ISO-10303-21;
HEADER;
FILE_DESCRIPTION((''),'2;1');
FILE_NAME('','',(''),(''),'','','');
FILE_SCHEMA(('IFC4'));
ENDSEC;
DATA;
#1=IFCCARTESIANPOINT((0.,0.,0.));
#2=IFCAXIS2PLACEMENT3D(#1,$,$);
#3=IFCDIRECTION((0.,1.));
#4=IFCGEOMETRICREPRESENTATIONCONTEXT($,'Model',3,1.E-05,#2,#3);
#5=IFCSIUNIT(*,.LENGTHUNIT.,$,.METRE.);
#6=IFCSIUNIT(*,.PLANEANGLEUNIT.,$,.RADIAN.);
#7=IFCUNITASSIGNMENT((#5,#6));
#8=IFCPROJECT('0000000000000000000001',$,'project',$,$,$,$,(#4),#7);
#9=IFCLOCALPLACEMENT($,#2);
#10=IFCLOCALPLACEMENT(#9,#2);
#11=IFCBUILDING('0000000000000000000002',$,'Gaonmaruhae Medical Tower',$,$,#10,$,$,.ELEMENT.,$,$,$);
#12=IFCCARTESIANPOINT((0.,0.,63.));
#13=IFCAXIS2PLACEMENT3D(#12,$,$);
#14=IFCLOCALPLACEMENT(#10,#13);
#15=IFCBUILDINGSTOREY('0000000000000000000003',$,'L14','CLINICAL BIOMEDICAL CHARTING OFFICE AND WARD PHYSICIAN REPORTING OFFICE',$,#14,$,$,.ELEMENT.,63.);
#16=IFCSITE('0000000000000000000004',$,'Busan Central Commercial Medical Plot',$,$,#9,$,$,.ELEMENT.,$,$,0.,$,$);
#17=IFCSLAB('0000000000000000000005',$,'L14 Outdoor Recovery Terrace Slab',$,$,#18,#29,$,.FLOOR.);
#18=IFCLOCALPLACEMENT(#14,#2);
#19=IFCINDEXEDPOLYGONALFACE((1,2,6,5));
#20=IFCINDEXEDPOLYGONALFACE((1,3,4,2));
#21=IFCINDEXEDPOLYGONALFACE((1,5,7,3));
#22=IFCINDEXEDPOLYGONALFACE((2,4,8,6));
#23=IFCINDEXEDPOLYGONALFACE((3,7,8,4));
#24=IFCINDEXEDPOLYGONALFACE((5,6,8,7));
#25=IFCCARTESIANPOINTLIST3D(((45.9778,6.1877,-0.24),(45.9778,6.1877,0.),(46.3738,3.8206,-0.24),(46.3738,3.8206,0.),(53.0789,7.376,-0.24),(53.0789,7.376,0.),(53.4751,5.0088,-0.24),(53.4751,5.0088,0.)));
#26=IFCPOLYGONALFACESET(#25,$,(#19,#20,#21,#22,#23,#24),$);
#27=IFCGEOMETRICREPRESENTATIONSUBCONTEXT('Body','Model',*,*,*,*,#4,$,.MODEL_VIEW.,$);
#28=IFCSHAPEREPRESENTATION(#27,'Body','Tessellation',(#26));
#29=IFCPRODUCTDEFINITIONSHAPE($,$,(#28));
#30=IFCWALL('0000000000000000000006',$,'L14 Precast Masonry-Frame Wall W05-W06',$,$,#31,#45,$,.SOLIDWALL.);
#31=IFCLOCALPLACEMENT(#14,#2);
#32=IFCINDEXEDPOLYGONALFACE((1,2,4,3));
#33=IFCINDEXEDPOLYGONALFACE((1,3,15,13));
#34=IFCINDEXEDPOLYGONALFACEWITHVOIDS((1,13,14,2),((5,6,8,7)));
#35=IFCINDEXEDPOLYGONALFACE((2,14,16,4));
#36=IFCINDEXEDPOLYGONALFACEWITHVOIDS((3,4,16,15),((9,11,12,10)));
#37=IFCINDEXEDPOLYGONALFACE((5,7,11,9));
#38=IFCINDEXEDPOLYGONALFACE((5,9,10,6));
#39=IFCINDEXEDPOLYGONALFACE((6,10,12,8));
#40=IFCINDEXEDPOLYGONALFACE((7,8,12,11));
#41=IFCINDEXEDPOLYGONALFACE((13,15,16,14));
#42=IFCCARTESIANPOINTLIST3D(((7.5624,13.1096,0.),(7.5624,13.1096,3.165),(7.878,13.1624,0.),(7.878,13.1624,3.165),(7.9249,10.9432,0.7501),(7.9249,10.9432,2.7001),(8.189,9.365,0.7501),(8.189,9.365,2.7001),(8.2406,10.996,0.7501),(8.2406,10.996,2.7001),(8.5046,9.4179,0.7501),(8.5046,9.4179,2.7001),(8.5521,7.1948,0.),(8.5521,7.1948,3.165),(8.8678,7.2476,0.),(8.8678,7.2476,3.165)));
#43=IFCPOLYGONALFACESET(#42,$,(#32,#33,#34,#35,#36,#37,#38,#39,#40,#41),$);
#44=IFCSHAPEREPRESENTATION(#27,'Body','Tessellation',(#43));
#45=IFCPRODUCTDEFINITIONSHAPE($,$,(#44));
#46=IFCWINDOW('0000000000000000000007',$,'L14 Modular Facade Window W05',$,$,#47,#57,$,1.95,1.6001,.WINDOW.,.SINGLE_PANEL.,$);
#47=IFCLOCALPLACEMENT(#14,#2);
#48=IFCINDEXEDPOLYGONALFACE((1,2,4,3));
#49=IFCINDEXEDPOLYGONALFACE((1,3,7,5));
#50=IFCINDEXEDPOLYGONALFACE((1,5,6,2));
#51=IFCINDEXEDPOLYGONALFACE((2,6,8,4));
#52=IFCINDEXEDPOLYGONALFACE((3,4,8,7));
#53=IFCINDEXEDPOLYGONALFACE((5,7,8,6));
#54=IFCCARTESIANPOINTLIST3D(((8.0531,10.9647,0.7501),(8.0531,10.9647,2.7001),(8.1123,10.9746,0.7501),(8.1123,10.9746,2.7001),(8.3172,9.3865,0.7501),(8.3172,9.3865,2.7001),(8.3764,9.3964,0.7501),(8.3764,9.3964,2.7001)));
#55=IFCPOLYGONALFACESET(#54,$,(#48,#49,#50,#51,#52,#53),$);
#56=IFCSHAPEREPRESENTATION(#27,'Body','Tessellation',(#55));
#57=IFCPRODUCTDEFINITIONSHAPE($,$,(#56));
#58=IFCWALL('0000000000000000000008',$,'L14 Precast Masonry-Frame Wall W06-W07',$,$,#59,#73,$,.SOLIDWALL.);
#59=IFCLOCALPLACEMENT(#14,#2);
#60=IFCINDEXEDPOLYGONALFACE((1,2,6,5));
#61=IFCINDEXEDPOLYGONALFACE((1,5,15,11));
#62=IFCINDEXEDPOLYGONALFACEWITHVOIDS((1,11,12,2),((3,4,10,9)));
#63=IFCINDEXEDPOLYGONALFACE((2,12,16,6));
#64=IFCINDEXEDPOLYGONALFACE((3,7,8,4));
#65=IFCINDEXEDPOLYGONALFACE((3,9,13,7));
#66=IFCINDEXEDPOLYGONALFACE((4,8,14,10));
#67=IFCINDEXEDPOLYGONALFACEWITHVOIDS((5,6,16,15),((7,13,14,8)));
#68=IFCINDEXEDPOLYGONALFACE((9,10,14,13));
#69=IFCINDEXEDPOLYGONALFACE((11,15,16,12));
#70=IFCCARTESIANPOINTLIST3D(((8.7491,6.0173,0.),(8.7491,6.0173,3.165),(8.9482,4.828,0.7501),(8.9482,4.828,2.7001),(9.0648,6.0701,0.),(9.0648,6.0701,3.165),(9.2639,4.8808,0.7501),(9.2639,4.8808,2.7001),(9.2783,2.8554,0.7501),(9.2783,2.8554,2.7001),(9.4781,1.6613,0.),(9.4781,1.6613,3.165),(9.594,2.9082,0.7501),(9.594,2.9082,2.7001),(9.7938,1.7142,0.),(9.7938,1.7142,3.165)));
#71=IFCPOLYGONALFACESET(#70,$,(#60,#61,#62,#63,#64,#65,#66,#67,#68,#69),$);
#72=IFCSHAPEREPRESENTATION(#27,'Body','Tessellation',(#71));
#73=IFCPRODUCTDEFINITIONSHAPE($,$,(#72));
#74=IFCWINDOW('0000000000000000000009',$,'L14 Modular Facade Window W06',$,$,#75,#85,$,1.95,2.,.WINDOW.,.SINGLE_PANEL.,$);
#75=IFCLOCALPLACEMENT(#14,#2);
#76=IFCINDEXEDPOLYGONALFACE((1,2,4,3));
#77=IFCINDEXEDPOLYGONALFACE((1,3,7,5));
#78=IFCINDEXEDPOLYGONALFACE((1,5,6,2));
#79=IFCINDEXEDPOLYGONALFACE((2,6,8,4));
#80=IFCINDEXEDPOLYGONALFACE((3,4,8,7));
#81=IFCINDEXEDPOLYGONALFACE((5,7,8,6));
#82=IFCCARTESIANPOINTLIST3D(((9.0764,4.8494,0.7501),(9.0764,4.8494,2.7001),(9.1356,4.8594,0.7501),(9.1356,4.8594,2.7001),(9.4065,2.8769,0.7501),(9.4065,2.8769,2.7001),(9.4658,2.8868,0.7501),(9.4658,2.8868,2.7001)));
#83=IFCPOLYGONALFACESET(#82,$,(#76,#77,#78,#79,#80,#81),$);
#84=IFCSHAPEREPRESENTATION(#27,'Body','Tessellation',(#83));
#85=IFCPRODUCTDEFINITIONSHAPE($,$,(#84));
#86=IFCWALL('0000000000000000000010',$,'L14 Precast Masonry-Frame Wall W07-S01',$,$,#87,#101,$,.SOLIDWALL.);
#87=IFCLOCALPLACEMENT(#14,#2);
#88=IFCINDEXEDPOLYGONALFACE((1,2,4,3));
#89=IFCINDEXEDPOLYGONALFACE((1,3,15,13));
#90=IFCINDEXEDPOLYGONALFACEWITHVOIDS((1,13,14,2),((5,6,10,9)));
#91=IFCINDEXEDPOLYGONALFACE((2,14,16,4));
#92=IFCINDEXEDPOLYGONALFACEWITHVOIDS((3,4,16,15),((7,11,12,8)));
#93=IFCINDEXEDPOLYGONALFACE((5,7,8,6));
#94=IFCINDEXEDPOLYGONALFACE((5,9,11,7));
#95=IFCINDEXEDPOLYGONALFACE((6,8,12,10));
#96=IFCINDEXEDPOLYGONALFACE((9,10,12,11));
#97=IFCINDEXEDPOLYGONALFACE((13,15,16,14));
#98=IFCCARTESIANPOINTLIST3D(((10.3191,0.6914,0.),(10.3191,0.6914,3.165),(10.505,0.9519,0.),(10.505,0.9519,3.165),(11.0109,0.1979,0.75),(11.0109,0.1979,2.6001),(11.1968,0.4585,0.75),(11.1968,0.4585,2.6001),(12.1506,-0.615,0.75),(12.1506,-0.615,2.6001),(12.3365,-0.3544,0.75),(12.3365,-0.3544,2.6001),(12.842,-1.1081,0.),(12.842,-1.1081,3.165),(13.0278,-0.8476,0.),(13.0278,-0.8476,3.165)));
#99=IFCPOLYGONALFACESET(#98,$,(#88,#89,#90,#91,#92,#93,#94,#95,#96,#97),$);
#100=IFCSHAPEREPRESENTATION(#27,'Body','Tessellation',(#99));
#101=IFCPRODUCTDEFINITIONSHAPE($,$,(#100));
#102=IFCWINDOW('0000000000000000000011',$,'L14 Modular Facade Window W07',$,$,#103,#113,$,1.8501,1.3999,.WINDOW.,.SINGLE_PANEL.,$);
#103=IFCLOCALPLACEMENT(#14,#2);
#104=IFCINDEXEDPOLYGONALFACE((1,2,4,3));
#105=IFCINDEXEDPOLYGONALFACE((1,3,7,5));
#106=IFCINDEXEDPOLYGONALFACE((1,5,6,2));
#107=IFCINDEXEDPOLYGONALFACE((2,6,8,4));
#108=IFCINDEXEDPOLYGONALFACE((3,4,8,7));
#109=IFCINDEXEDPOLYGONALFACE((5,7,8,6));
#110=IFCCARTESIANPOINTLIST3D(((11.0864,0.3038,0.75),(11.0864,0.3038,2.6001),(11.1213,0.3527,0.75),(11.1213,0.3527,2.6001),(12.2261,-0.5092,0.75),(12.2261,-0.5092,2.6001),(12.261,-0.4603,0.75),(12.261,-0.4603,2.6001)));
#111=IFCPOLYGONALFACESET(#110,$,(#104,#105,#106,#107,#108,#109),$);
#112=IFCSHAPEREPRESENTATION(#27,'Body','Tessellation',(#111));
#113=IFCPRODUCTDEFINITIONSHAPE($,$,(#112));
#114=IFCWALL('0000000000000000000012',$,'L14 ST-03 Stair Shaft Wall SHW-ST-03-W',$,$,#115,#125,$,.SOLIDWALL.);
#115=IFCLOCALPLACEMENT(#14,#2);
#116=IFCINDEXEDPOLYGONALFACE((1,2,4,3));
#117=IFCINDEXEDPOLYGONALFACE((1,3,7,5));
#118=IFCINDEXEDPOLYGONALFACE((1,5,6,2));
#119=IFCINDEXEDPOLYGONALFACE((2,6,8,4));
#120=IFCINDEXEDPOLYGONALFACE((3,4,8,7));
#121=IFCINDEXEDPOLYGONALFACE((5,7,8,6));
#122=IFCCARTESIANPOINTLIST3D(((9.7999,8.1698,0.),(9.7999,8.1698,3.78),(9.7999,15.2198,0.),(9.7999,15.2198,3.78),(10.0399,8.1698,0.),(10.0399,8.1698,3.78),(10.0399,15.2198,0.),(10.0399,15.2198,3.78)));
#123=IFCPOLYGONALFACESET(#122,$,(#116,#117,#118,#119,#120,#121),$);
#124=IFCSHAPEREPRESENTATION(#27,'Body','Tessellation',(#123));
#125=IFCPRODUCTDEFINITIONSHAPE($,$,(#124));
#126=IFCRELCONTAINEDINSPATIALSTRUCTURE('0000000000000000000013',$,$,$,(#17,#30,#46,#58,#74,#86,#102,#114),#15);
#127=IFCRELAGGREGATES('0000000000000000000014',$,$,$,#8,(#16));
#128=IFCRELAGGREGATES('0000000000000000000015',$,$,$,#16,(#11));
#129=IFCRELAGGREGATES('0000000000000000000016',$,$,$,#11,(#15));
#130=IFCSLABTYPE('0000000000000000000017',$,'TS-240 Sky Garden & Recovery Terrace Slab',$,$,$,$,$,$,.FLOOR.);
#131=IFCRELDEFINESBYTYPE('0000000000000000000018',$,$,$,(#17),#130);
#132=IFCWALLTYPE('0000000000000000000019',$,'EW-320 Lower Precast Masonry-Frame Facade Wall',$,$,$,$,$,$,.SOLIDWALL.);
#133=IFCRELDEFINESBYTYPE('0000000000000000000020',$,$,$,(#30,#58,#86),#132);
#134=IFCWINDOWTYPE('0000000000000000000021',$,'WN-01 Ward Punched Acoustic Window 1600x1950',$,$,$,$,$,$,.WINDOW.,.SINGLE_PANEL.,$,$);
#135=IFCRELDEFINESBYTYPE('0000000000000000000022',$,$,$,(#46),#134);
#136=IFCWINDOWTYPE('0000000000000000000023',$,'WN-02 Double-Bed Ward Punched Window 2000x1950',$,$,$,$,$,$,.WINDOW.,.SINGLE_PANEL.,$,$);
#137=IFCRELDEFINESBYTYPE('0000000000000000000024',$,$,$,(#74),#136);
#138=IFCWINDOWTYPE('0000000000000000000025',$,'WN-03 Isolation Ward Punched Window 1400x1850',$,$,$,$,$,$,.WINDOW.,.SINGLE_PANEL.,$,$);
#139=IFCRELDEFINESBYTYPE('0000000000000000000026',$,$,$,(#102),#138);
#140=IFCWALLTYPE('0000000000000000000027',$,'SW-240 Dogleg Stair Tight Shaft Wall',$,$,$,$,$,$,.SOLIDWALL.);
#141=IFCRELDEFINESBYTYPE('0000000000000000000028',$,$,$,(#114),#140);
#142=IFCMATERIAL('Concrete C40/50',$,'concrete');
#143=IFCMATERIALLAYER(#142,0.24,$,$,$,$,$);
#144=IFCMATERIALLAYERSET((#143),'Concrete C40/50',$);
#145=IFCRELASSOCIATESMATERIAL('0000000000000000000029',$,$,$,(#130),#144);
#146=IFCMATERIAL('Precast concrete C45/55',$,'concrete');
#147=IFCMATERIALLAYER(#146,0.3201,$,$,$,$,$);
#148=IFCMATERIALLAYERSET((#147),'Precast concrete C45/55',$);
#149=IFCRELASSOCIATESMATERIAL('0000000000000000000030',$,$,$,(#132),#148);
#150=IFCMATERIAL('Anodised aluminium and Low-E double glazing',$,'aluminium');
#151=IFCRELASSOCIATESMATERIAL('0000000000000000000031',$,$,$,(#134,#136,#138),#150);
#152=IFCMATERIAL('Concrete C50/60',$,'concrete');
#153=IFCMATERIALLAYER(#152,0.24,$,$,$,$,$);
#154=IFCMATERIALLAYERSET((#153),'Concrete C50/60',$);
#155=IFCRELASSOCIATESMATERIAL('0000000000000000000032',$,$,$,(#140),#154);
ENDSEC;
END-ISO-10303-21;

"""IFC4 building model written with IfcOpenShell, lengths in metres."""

from ifc_helpers import new_model, si_unit, direction, frame, frame_2d, origin, place, context, subcontext, project, spatial, polyline, rectangle, outline, extrude, material, layer, layer_set, type_object, element, fill, save


model = new_model("IFC4")

# Units and contexts
model_context = context("Model", 3, precision=1e-05, world=origin(), true_north=direction((0.0, 1.0)))
body_context = subcontext(model_context, "Body", "Model", "MODEL_VIEW")
ifc_project = project(units=[si_unit("LENGTHUNIT", "METRE"), si_unit("PLANEANGLEUNIT", "RADIAN")], contexts=[model_context])

# Site, building, storey
site_placement = place(None, origin())
site = spatial("IfcSite", under=ifc_project, at=site_placement, Name="Busan Central Commercial Medical Plot", CompositionType="ELEMENT", RefElevation=0.0)
building_placement = place(site_placement, origin())
building = spatial("IfcBuilding", under=site, at=building_placement, Name="Gaonmaruhae Medical Tower", CompositionType="ELEMENT")
storey_placement = place(building_placement, frame((0.0, 0.0, 63.0)))
storey = spatial("IfcBuildingStorey", under=building, at=storey_placement, Name="L14", Description="CLINICAL BIOMEDICAL CHARTING OFFICE AND WARD PHYSICIAN REPORTING OFFICE", CompositionType="ELEMENT", Elevation=63.0)

# Shared definitions
ifc_material_1 = material(Name="Concrete C40/50", Category="concrete")

# Slab
ifc_layer_1 = layer(ifc_material_1, 0.24)
ifc_layer_set_1 = layer_set([ifc_layer_1], Name="Concrete C40/50")
slab_type_1 = type_object("IfcSlabType", Name="TS-240 Sky Garden & Recovery Terrace Slab", PredefinedType="FLOOR", material=ifc_layer_set_1)
slab_1_placement = place(storey_placement, frame((0.0, 0.0, -0.24)))
element("IfcSlab", 1, at=slab_1_placement, inside=storey, type_object=slab_type_1, Name="L14 Outdoor Recovery Terrace Slab", PredefinedType="FLOOR", context=body_context, shape_type="SweptSolid", body=[
    extrude(outline(polyline([(46.3738, 3.8206), (53.4751, 5.0088), (53.0789, 7.376), (45.9778, 6.1877), (46.3738, 3.8206)])), origin(), (0.0, 0.0, 1.0), 0.24),
])

# Walls, openings, windows
ifc_material_2 = material(Name="Precast concrete C45/55", Category="concrete")
ifc_layer_2 = layer(ifc_material_2, 0.3201)
ifc_layer_set_2 = layer_set([ifc_layer_2], Name="Precast concrete C45/55")
wall_type_1 = type_object("IfcWallType", Name="EW-320 Lower Precast Masonry-Frame Facade Wall", PredefinedType="SOLIDWALL", material=ifc_layer_set_2)
wall_1_placement = place(storey_placement, frame((8.71, 7.2212, 0.0), z_axis=(0.0, 0.0, 1.0), x_axis=(-0.165039, 0.986287, 0.0)))
wall_1 = element("IfcWall", 2, at=wall_1_placement, inside=storey, type_object=wall_type_1, Name="L14 Precast Masonry-Frame Wall W05-W06", PredefinedType="SOLIDWALL", context=body_context, shape_type="SweptSolid", body=[
    extrude(rectangle(XDim=5.9971, YDim=0.3201, at=frame_2d((2.9985, 0.0))), origin(), (0.0, 0.0, 1.0), 3.165),
])
opening_1_placement = place(wall_1_placement, frame((2.2004, 0.0, 0.75)))
opening_1 = element("IfcOpeningElement", 3, at=opening_1_placement, cuts=wall_1, PredefinedType="OPENING", context=body_context, shape_type="SweptSolid", body=[
    extrude(rectangle(XDim=1.6001, YDim=1.95, at=frame_2d((0.8, 0.9751))), frame((0.0, 0.1699, 0.0), z_axis=(0.0, -1.0, 0.0), x_axis=(1.0, 0.0, 0.0)), (0.0, 0.0, 1.0), 0.3401),
])
ifc_material_3 = material(Name="Anodised aluminium and Low-E double glazing", Category="aluminium")
window_type_1 = type_object("IfcWindowType", Name="WN-01 Ward Punched Acoustic Window 1600x1950", PartitioningType="SINGLE_PANEL", PredefinedType="WINDOW", material=ifc_material_3)
window_1_placement = place(opening_1_placement, origin())
window_1 = element("IfcWindow", 4, at=window_1_placement, inside=storey, type_object=window_type_1, Name="L14 Modular Facade Window W05", OverallHeight=1.95, OverallWidth=1.6001, PartitioningType="SINGLE_PANEL", PredefinedType="WINDOW", context=body_context, shape_type="SweptSolid", body=[
    extrude(rectangle(XDim=1.6001, YDim=1.95, at=frame_2d((0.8, 0.9751))), frame((0.0, 0.03, 0.0), z_axis=(0.0, -1.0, 0.0), x_axis=(1.0, 0.0, 0.0)), (0.0, 0.0, 1.0), 0.0601),
])
fill(opening_1, window_1)
wall_2_placement = place(storey_placement, frame((9.636, 1.6877, 0.0), z_axis=(0.0, 0.0, 1.0), x_axis=(-0.165062, 0.986283, 0.0)))
wall_2 = element("IfcWall", 5, at=wall_2_placement, inside=storey, type_object=wall_type_1, Name="L14 Precast Masonry-Frame Wall W06-W07", PredefinedType="SOLIDWALL", context=body_context, shape_type="SweptSolid", body=[
    extrude(rectangle(XDim=4.4165, YDim=0.3201, at=frame_2d((2.2083, 0.0))), origin(), (0.0, 0.0, 1.0), 3.165),
])
opening_2_placement = place(wall_2_placement, frame((1.2107, 0.0, 0.75)))
opening_2 = element("IfcOpeningElement", 6, at=opening_2_placement, cuts=wall_2, PredefinedType="OPENING", context=body_context, shape_type="SweptSolid", body=[
    extrude(rectangle(XDim=2.0, YDim=1.95, at=frame_2d((1.0, 0.9751))), frame((0.0, 0.1699, 0.0), z_axis=(0.0, -1.0, 0.0), x_axis=(1.0, 0.0, 0.0)), (0.0, 0.0, 1.0), 0.3401),
])
window_type_2 = type_object("IfcWindowType", Name="WN-02 Double-Bed Ward Punched Window 2000x1950", PartitioningType="SINGLE_PANEL", PredefinedType="WINDOW", material=ifc_material_3)
window_2_placement = place(opening_2_placement, origin())
window_2 = element("IfcWindow", 7, at=window_2_placement, inside=storey, type_object=window_type_2, Name="L14 Modular Facade Window W06", OverallHeight=1.95, OverallWidth=2.0, PartitioningType="SINGLE_PANEL", PredefinedType="WINDOW", context=body_context, shape_type="SweptSolid", body=[
    extrude(rectangle(XDim=2.0, YDim=1.95, at=frame_2d((1.0, 0.9751))), frame((0.0, 0.03, 0.0), z_axis=(0.0, -1.0, 0.0), x_axis=(1.0, 0.0, 0.0)), (0.0, 0.0, 1.0), 0.0601),
])
fill(opening_2, window_2)
wall_3_placement = place(storey_placement, frame((12.9348, -0.9778, 0.0), z_axis=(0.0, 0.0, 1.0), x_axis=(-0.814122, 0.580694, 0.0)))
wall_3 = element("IfcWall", 8, at=wall_3_placement, inside=storey, type_object=wall_type_1, Name="L14 Precast Masonry-Frame Wall W07-S01", PredefinedType="SOLIDWALL", context=body_context, shape_type="SweptSolid", body=[
    extrude(rectangle(XDim=3.0989, YDim=0.3201, at=frame_2d((1.5493, 0.0))), origin(), (0.0, 0.0, 1.0), 3.165),
])
opening_3_placement = place(wall_3_placement, frame((0.8491, 0.0, 0.75)))
opening_3 = element("IfcOpeningElement", 9, at=opening_3_placement, cuts=wall_3, PredefinedType="OPENING", context=body_context, shape_type="SweptSolid", body=[
    extrude(rectangle(XDim=1.3999, YDim=1.8501, at=frame_2d((0.7, 0.925))), frame((0.0, 0.1699, 0.0), z_axis=(0.0, -1.0, 0.0), x_axis=(1.0, 0.0, 0.0)), (0.0, 0.0, 1.0), 0.3401),
])
window_type_3 = type_object("IfcWindowType", Name="WN-03 Isolation Ward Punched Window 1400x1850", PartitioningType="SINGLE_PANEL", PredefinedType="WINDOW", material=ifc_material_3)
window_3_placement = place(opening_3_placement, origin())
window_3 = element("IfcWindow", 10, at=window_3_placement, inside=storey, type_object=window_type_3, Name="L14 Modular Facade Window W07", OverallHeight=1.8501, OverallWidth=1.3999, PartitioningType="SINGLE_PANEL", PredefinedType="WINDOW", context=body_context, shape_type="SweptSolid", body=[
    extrude(rectangle(XDim=1.3999, YDim=1.8501, at=frame_2d((0.7, 0.925))), frame((0.0, 0.03, 0.0), z_axis=(0.0, -1.0, 0.0), x_axis=(1.0, 0.0, 0.0)), (0.0, 0.0, 1.0), 0.0601),
])
fill(opening_3, window_3)

# Wall
ifc_material_4 = material(Name="Concrete C50/60", Category="concrete")
ifc_layer_3 = layer(ifc_material_4, 0.24)
ifc_layer_set_3 = layer_set([ifc_layer_3], Name="Concrete C50/60")
wall_type_2 = type_object("IfcWallType", Name="SW-240 Dogleg Stair Tight Shaft Wall", PredefinedType="SOLIDWALL", material=ifc_layer_set_3)
wall_4_placement = place(storey_placement, frame((9.9199, 8.1699, 0.0), z_axis=(0.0, 0.0, 1.0), x_axis=(0.0, 1.0, 0.0)))
element("IfcWall", 11, at=wall_4_placement, inside=storey, type_object=wall_type_2, Name="L14 ST-03 Stair Shaft Wall SHW-ST-03-W", PredefinedType="SOLIDWALL", context=body_context, shape_type="SweptSolid", body=[
    extrude(rectangle(XDim=7.05, YDim=0.24, at=frame_2d((3.5249, 0.0))), origin(), (0.0, 0.0, 1.0), 3.78),
])

save(model, "model.ifc")
